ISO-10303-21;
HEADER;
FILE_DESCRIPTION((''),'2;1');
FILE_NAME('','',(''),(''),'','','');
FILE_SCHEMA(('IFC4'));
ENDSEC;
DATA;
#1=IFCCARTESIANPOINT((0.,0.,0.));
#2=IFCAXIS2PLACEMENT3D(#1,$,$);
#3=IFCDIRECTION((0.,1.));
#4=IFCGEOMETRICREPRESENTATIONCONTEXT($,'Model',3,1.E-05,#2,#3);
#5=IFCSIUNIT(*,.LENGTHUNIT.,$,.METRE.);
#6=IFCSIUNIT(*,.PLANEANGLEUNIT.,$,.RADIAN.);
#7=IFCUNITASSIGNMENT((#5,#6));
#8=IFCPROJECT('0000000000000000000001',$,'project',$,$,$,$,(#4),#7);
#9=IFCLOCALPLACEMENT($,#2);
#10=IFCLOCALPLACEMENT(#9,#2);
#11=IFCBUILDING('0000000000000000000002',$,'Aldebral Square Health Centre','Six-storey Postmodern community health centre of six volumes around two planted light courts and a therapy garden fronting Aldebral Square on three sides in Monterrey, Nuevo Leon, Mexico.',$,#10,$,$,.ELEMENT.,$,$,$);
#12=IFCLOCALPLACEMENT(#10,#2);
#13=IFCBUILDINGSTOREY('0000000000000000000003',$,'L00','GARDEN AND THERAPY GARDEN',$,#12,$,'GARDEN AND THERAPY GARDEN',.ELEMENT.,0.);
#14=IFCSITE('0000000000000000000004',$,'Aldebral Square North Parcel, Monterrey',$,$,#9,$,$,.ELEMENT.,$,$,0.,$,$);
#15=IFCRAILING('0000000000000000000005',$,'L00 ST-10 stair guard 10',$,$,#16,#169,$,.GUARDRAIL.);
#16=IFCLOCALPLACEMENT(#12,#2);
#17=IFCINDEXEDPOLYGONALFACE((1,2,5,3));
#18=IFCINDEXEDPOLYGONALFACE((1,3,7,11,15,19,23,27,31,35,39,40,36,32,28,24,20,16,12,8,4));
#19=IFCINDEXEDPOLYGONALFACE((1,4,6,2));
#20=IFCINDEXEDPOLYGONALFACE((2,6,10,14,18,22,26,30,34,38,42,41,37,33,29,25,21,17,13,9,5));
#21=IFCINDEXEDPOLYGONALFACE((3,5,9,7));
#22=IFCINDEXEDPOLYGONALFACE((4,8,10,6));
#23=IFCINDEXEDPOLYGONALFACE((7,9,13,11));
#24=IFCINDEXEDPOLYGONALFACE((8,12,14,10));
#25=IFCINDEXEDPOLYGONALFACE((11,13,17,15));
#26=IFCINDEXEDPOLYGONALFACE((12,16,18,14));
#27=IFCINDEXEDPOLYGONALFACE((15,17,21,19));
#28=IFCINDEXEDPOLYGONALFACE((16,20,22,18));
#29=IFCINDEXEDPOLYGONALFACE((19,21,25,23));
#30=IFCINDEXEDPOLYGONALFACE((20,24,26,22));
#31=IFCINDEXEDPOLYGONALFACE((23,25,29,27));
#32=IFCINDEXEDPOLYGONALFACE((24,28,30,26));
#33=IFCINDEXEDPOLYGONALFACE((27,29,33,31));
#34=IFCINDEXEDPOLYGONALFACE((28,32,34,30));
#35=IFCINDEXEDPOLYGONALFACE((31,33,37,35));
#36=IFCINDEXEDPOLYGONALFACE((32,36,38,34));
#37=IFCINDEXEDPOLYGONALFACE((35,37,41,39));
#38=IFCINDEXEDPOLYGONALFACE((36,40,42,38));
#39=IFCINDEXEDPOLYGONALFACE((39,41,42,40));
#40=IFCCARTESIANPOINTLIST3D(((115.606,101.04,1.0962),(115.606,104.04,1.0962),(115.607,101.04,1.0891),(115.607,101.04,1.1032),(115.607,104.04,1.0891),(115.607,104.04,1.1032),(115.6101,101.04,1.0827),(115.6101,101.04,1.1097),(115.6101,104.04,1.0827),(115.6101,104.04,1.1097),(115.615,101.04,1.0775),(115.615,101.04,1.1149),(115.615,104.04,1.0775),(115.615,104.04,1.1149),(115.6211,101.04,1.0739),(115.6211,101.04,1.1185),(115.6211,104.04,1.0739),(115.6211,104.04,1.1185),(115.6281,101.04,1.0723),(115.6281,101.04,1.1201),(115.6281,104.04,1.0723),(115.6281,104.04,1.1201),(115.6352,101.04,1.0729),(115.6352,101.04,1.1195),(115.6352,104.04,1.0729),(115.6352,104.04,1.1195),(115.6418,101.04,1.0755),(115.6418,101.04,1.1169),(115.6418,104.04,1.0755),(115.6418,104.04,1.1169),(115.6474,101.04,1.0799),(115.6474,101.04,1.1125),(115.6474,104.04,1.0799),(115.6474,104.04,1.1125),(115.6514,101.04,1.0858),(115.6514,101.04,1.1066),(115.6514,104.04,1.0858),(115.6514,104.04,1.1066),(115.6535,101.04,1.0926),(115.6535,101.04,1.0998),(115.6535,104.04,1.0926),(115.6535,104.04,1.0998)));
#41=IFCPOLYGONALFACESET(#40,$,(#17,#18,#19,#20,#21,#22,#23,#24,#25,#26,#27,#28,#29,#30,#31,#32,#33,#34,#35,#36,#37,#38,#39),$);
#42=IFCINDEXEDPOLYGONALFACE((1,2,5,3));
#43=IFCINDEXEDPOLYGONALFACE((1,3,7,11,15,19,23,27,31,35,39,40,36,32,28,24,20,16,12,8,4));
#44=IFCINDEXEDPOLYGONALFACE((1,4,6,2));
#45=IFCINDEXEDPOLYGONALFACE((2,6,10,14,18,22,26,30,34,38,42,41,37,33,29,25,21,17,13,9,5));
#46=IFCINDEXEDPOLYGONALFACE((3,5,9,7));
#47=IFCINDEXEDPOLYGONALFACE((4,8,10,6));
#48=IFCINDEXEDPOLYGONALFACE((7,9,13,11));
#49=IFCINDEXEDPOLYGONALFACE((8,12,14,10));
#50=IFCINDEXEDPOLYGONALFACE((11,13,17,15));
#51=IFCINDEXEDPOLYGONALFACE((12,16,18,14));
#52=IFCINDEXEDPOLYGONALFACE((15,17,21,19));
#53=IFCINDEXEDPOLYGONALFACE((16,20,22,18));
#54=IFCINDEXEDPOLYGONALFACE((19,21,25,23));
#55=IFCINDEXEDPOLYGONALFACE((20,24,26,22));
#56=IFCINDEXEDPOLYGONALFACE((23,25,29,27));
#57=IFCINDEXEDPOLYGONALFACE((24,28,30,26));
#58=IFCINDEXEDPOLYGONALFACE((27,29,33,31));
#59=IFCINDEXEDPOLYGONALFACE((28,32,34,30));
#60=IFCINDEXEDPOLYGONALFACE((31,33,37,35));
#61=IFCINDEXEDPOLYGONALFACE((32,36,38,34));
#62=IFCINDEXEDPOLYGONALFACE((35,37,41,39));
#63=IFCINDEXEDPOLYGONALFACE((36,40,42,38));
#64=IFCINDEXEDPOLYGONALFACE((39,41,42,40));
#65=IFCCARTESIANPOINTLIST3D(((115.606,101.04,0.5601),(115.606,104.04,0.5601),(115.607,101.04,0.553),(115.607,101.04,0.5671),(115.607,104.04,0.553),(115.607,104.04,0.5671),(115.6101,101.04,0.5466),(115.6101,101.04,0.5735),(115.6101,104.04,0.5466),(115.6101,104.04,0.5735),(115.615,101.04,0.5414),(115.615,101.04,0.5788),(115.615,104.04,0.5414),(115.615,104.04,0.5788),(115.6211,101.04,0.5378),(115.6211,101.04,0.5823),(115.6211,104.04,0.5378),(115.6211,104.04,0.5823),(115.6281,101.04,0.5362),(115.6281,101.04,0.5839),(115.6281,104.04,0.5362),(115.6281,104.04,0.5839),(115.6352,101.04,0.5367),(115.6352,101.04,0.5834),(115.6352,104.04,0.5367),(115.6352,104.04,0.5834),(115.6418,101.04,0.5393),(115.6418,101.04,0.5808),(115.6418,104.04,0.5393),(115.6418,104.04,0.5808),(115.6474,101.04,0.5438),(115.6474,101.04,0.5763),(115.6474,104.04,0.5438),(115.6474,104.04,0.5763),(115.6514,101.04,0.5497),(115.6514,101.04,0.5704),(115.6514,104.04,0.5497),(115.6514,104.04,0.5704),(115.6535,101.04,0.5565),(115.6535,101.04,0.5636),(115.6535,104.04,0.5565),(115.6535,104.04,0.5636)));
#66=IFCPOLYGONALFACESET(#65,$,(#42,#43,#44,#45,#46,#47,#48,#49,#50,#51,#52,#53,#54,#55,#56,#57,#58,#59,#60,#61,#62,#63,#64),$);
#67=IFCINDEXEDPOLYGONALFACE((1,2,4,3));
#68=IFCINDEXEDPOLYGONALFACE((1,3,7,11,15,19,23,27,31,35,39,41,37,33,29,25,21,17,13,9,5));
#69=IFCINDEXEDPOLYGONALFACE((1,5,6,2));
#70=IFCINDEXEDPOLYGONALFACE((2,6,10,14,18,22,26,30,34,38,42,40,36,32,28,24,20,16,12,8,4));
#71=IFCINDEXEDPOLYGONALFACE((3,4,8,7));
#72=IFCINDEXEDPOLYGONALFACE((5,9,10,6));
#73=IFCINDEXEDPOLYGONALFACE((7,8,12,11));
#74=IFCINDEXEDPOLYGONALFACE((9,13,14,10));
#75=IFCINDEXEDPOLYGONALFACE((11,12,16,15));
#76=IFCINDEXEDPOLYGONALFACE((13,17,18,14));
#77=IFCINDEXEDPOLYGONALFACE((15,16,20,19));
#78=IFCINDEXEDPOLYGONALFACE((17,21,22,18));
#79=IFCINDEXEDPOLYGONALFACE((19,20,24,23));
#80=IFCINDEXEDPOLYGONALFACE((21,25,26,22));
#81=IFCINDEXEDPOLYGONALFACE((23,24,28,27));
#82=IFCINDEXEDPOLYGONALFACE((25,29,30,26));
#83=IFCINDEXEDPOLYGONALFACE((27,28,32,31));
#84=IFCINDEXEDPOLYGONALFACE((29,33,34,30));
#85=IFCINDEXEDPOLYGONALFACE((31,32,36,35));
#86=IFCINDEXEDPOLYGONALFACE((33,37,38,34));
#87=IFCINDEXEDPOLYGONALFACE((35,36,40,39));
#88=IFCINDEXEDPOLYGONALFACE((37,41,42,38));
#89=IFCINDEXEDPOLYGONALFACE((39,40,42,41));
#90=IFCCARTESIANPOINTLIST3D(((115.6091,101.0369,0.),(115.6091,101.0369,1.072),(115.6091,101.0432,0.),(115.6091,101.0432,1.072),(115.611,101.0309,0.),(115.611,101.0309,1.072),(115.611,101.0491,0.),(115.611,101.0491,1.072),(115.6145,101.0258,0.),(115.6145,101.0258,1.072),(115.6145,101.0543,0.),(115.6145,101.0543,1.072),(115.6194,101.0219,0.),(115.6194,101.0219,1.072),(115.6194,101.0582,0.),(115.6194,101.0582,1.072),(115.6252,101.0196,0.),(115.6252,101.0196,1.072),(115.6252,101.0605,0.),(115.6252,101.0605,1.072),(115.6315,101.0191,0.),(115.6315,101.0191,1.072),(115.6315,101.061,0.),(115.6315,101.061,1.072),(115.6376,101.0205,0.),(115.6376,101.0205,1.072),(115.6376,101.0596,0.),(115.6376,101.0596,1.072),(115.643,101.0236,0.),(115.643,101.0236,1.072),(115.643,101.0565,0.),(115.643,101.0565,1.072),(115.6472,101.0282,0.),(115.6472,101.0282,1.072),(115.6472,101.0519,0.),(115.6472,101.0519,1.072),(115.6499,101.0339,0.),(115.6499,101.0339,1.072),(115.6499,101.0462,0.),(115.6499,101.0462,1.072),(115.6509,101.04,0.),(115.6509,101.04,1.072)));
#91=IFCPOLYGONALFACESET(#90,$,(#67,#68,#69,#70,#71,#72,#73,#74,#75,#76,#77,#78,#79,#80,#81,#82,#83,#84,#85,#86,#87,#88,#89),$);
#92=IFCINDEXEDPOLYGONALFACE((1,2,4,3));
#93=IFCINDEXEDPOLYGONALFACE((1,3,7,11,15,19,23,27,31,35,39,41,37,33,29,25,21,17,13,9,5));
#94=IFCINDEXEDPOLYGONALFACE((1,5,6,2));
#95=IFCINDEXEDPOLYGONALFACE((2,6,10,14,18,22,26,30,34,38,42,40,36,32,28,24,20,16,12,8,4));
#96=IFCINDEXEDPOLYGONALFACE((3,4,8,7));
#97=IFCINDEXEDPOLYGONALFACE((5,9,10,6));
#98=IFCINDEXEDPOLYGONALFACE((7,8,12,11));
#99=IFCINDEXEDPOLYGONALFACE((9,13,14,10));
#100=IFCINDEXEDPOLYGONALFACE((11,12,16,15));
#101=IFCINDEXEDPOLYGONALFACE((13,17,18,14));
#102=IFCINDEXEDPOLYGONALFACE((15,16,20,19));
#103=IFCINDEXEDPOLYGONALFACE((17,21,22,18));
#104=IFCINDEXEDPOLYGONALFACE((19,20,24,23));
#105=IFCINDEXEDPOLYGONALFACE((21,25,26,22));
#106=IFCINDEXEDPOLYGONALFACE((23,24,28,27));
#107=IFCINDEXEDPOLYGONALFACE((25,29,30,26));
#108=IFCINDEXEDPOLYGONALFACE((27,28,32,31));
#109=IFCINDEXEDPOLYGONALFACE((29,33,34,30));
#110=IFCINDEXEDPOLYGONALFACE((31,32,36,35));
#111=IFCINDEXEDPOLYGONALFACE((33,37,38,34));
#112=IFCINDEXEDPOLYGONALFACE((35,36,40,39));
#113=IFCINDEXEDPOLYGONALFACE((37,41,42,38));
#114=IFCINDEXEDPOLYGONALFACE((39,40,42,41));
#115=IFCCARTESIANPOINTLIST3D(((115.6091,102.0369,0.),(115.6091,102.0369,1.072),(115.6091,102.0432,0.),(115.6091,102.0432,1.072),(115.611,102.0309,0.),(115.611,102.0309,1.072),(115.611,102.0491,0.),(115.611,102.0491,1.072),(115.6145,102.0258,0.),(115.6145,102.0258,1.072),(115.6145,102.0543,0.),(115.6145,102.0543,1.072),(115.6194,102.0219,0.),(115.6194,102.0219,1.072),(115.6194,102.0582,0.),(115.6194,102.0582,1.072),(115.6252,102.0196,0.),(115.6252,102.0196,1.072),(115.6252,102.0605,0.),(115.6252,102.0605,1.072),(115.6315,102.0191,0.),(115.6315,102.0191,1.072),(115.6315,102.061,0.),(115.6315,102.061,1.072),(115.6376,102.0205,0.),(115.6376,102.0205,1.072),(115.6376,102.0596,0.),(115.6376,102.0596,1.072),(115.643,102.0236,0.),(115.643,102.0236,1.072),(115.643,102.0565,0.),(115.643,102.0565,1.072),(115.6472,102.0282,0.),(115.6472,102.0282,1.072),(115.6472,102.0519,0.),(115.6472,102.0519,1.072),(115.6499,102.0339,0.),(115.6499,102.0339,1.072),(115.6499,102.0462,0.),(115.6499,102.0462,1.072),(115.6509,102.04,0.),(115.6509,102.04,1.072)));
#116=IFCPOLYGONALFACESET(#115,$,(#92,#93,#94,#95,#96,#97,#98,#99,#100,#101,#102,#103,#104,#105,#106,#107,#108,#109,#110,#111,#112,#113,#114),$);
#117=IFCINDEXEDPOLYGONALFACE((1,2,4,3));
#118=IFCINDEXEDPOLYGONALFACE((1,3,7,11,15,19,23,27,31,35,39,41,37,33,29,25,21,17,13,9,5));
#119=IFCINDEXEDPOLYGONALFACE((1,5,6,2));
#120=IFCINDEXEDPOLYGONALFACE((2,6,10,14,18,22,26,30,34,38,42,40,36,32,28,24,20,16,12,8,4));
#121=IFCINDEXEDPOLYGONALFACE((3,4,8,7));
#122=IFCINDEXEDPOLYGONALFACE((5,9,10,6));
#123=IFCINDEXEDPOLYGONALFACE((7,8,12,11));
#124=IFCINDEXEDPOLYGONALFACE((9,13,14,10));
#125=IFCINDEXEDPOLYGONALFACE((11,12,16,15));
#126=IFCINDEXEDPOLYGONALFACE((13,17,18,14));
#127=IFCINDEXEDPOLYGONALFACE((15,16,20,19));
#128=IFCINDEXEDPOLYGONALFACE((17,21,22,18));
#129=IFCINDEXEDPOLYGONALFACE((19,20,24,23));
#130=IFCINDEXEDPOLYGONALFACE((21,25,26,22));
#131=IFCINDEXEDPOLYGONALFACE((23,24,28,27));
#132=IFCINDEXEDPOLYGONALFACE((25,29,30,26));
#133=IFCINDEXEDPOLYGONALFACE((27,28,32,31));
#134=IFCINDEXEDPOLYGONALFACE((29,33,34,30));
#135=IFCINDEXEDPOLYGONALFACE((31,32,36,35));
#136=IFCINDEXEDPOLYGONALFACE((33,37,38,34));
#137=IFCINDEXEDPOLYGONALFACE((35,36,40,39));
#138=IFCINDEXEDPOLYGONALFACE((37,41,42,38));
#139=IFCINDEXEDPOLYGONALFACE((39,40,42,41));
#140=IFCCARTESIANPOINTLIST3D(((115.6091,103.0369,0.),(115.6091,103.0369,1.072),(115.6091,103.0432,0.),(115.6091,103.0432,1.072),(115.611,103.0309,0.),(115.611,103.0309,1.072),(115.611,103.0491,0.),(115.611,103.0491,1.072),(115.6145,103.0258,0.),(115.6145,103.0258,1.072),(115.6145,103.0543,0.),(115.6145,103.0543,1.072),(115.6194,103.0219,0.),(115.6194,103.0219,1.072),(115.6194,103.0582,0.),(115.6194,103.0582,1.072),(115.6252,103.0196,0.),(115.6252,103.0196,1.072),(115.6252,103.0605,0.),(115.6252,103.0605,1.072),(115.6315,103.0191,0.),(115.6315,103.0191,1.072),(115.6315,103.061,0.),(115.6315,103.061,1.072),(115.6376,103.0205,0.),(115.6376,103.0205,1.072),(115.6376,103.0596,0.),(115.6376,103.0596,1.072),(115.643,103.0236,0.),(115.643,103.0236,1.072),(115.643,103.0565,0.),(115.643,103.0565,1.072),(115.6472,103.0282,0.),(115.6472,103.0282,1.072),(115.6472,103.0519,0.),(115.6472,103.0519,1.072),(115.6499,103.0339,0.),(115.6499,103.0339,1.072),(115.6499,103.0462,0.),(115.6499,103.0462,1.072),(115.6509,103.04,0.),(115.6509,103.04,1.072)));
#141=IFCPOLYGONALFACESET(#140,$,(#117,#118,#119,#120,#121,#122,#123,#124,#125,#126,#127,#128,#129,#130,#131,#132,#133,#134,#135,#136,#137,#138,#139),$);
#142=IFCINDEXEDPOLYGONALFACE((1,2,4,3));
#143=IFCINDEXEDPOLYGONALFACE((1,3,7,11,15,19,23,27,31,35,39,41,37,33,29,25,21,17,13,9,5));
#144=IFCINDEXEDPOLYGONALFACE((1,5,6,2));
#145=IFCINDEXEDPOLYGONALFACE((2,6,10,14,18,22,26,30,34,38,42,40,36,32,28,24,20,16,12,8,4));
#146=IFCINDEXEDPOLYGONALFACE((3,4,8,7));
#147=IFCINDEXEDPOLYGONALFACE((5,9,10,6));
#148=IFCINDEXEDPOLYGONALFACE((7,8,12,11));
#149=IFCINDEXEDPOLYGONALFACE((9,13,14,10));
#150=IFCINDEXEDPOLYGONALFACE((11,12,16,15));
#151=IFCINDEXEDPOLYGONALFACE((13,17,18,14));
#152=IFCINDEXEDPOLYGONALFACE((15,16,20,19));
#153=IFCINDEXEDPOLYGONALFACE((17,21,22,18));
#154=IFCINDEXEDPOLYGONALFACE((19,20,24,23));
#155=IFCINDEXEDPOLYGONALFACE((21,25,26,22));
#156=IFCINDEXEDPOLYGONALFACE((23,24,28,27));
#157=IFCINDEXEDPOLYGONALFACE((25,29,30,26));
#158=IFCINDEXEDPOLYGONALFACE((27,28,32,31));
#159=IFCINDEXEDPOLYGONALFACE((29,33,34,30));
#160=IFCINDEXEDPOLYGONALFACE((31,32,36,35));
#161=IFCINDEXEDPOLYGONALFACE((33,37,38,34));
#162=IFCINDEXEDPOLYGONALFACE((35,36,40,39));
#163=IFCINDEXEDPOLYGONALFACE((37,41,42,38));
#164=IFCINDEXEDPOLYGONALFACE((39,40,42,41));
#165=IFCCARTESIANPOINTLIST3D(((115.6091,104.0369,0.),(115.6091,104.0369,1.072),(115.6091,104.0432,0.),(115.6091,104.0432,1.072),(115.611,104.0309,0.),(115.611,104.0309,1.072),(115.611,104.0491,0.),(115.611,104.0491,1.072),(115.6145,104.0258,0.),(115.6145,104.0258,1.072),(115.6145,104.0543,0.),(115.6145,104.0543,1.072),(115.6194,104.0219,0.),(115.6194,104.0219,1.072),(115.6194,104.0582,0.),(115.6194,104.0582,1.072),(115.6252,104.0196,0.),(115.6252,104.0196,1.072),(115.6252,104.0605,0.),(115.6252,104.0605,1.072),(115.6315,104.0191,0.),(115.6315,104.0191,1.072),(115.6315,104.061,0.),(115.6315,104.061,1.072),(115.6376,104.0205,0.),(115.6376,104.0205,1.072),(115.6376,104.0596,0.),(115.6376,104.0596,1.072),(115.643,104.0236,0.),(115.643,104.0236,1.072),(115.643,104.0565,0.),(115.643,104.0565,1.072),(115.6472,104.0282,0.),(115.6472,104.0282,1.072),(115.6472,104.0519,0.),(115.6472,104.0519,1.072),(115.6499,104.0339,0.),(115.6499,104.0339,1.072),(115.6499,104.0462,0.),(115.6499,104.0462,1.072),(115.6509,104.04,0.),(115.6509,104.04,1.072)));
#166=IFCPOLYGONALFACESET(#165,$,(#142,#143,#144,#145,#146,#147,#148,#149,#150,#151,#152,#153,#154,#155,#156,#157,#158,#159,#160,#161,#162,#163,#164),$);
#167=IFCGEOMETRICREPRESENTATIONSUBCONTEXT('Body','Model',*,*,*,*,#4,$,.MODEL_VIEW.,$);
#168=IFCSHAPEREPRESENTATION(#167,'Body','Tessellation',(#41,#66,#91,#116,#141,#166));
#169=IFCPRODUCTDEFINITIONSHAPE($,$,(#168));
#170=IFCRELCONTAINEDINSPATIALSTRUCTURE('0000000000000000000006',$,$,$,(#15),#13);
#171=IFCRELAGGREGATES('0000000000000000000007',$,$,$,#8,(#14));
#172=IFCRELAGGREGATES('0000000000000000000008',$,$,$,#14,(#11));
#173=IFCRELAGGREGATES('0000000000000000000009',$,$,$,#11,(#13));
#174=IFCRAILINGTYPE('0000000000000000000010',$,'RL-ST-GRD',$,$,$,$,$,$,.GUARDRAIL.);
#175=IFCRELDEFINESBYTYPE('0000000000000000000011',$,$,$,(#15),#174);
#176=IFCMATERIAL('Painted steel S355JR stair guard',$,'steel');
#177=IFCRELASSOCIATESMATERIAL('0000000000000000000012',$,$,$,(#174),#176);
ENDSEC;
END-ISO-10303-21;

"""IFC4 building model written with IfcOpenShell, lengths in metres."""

from ifc_helpers import new_model, si_unit, direction, frame, origin, origin_2d, place, context, subcontext, project, spatial, circle, extrude, material, type_object, element, save


model = new_model("IFC4")

# Units and contexts
model_context = context("Model", 3, precision=1e-05, world=origin(), true_north=direction((0.0, 1.0)))
body_context = subcontext(model_context, "Body", "Model", "MODEL_VIEW")
ifc_project = project(units=[si_unit("LENGTHUNIT", "METRE"), si_unit("PLANEANGLEUNIT", "RADIAN")], contexts=[model_context])

# Site, building, storey
site_placement = place(None, origin())
site = spatial("IfcSite", under=ifc_project, at=site_placement, Name="Aldebral Square North Parcel, Monterrey", CompositionType="ELEMENT", RefElevation=0.0)
building_placement = place(site_placement, origin())
building = spatial("IfcBuilding", under=site, at=building_placement, Name="Aldebral Square Health Centre", Description="Six-storey Postmodern community health centre of six volumes around two planted light courts and a therapy garden fronting Aldebral Square on three sides in Monterrey, Nuevo Leon, Mexico.", CompositionType="ELEMENT")
storey_placement = place(building_placement, origin())
storey = spatial("IfcBuildingStorey", under=building, at=storey_placement, Name="L00", Description="GARDEN AND THERAPY GARDEN", LongName="GARDEN AND THERAPY GARDEN", CompositionType="ELEMENT", Elevation=0.0)

# Railing
ifc_material_1 = material(Name="Painted steel S355JR stair guard", Category="steel")
railing_type_1 = type_object("IfcRailingType", Name="RL-ST-GRD", PredefinedType="GUARDRAIL", material=ifc_material_1)
for number, where, name in (
    (1, (115.6299, 101.04, 0.0), "L00 ST-10 stair guard 10"),
):
    element("IfcRailing", number, at=place(storey_placement, frame(where)), inside=storey, type_object=railing_type_1, Name=name, PredefinedType="GUARDRAIL", context=body_context, shape_type="SweptSolid", body=[
        extrude(circle(Radius=0.0239, at=origin_2d()), frame((0.0, 0.0, 1.0962), z_axis=(0.0, 1.0, 0.0), x_axis=(-1.0, 0.0, 0.0)), (0.0, 0.0, 1.0), 3.0),
        extrude(circle(Radius=0.0239, at=origin_2d()), frame((0.0, 0.0, 0.5601), z_axis=(0.0, 1.0, 0.0), x_axis=(-1.0, 0.0, 0.0)), (0.0, 0.0, 1.0), 3.0),
        extrude(circle(Radius=0.021, at=origin_2d()), origin(), (0.0, 0.0, 1.0), 1.072),
        extrude(circle(Radius=0.021, at=origin_2d()), frame((0.0, 1.0, 0.0)), (0.0, 0.0, 1.0), 1.072),
        extrude(circle(Radius=0.021, at=origin_2d()), frame((0.0, 2.0, 0.0)), (0.0, 0.0, 1.0), 1.072),
        extrude(circle(Radius=0.021, at=origin_2d()), frame((0.0, 3.0, 0.0)), (0.0, 0.0, 1.0), 1.072),
    ])

save(model, "model.ifc")
